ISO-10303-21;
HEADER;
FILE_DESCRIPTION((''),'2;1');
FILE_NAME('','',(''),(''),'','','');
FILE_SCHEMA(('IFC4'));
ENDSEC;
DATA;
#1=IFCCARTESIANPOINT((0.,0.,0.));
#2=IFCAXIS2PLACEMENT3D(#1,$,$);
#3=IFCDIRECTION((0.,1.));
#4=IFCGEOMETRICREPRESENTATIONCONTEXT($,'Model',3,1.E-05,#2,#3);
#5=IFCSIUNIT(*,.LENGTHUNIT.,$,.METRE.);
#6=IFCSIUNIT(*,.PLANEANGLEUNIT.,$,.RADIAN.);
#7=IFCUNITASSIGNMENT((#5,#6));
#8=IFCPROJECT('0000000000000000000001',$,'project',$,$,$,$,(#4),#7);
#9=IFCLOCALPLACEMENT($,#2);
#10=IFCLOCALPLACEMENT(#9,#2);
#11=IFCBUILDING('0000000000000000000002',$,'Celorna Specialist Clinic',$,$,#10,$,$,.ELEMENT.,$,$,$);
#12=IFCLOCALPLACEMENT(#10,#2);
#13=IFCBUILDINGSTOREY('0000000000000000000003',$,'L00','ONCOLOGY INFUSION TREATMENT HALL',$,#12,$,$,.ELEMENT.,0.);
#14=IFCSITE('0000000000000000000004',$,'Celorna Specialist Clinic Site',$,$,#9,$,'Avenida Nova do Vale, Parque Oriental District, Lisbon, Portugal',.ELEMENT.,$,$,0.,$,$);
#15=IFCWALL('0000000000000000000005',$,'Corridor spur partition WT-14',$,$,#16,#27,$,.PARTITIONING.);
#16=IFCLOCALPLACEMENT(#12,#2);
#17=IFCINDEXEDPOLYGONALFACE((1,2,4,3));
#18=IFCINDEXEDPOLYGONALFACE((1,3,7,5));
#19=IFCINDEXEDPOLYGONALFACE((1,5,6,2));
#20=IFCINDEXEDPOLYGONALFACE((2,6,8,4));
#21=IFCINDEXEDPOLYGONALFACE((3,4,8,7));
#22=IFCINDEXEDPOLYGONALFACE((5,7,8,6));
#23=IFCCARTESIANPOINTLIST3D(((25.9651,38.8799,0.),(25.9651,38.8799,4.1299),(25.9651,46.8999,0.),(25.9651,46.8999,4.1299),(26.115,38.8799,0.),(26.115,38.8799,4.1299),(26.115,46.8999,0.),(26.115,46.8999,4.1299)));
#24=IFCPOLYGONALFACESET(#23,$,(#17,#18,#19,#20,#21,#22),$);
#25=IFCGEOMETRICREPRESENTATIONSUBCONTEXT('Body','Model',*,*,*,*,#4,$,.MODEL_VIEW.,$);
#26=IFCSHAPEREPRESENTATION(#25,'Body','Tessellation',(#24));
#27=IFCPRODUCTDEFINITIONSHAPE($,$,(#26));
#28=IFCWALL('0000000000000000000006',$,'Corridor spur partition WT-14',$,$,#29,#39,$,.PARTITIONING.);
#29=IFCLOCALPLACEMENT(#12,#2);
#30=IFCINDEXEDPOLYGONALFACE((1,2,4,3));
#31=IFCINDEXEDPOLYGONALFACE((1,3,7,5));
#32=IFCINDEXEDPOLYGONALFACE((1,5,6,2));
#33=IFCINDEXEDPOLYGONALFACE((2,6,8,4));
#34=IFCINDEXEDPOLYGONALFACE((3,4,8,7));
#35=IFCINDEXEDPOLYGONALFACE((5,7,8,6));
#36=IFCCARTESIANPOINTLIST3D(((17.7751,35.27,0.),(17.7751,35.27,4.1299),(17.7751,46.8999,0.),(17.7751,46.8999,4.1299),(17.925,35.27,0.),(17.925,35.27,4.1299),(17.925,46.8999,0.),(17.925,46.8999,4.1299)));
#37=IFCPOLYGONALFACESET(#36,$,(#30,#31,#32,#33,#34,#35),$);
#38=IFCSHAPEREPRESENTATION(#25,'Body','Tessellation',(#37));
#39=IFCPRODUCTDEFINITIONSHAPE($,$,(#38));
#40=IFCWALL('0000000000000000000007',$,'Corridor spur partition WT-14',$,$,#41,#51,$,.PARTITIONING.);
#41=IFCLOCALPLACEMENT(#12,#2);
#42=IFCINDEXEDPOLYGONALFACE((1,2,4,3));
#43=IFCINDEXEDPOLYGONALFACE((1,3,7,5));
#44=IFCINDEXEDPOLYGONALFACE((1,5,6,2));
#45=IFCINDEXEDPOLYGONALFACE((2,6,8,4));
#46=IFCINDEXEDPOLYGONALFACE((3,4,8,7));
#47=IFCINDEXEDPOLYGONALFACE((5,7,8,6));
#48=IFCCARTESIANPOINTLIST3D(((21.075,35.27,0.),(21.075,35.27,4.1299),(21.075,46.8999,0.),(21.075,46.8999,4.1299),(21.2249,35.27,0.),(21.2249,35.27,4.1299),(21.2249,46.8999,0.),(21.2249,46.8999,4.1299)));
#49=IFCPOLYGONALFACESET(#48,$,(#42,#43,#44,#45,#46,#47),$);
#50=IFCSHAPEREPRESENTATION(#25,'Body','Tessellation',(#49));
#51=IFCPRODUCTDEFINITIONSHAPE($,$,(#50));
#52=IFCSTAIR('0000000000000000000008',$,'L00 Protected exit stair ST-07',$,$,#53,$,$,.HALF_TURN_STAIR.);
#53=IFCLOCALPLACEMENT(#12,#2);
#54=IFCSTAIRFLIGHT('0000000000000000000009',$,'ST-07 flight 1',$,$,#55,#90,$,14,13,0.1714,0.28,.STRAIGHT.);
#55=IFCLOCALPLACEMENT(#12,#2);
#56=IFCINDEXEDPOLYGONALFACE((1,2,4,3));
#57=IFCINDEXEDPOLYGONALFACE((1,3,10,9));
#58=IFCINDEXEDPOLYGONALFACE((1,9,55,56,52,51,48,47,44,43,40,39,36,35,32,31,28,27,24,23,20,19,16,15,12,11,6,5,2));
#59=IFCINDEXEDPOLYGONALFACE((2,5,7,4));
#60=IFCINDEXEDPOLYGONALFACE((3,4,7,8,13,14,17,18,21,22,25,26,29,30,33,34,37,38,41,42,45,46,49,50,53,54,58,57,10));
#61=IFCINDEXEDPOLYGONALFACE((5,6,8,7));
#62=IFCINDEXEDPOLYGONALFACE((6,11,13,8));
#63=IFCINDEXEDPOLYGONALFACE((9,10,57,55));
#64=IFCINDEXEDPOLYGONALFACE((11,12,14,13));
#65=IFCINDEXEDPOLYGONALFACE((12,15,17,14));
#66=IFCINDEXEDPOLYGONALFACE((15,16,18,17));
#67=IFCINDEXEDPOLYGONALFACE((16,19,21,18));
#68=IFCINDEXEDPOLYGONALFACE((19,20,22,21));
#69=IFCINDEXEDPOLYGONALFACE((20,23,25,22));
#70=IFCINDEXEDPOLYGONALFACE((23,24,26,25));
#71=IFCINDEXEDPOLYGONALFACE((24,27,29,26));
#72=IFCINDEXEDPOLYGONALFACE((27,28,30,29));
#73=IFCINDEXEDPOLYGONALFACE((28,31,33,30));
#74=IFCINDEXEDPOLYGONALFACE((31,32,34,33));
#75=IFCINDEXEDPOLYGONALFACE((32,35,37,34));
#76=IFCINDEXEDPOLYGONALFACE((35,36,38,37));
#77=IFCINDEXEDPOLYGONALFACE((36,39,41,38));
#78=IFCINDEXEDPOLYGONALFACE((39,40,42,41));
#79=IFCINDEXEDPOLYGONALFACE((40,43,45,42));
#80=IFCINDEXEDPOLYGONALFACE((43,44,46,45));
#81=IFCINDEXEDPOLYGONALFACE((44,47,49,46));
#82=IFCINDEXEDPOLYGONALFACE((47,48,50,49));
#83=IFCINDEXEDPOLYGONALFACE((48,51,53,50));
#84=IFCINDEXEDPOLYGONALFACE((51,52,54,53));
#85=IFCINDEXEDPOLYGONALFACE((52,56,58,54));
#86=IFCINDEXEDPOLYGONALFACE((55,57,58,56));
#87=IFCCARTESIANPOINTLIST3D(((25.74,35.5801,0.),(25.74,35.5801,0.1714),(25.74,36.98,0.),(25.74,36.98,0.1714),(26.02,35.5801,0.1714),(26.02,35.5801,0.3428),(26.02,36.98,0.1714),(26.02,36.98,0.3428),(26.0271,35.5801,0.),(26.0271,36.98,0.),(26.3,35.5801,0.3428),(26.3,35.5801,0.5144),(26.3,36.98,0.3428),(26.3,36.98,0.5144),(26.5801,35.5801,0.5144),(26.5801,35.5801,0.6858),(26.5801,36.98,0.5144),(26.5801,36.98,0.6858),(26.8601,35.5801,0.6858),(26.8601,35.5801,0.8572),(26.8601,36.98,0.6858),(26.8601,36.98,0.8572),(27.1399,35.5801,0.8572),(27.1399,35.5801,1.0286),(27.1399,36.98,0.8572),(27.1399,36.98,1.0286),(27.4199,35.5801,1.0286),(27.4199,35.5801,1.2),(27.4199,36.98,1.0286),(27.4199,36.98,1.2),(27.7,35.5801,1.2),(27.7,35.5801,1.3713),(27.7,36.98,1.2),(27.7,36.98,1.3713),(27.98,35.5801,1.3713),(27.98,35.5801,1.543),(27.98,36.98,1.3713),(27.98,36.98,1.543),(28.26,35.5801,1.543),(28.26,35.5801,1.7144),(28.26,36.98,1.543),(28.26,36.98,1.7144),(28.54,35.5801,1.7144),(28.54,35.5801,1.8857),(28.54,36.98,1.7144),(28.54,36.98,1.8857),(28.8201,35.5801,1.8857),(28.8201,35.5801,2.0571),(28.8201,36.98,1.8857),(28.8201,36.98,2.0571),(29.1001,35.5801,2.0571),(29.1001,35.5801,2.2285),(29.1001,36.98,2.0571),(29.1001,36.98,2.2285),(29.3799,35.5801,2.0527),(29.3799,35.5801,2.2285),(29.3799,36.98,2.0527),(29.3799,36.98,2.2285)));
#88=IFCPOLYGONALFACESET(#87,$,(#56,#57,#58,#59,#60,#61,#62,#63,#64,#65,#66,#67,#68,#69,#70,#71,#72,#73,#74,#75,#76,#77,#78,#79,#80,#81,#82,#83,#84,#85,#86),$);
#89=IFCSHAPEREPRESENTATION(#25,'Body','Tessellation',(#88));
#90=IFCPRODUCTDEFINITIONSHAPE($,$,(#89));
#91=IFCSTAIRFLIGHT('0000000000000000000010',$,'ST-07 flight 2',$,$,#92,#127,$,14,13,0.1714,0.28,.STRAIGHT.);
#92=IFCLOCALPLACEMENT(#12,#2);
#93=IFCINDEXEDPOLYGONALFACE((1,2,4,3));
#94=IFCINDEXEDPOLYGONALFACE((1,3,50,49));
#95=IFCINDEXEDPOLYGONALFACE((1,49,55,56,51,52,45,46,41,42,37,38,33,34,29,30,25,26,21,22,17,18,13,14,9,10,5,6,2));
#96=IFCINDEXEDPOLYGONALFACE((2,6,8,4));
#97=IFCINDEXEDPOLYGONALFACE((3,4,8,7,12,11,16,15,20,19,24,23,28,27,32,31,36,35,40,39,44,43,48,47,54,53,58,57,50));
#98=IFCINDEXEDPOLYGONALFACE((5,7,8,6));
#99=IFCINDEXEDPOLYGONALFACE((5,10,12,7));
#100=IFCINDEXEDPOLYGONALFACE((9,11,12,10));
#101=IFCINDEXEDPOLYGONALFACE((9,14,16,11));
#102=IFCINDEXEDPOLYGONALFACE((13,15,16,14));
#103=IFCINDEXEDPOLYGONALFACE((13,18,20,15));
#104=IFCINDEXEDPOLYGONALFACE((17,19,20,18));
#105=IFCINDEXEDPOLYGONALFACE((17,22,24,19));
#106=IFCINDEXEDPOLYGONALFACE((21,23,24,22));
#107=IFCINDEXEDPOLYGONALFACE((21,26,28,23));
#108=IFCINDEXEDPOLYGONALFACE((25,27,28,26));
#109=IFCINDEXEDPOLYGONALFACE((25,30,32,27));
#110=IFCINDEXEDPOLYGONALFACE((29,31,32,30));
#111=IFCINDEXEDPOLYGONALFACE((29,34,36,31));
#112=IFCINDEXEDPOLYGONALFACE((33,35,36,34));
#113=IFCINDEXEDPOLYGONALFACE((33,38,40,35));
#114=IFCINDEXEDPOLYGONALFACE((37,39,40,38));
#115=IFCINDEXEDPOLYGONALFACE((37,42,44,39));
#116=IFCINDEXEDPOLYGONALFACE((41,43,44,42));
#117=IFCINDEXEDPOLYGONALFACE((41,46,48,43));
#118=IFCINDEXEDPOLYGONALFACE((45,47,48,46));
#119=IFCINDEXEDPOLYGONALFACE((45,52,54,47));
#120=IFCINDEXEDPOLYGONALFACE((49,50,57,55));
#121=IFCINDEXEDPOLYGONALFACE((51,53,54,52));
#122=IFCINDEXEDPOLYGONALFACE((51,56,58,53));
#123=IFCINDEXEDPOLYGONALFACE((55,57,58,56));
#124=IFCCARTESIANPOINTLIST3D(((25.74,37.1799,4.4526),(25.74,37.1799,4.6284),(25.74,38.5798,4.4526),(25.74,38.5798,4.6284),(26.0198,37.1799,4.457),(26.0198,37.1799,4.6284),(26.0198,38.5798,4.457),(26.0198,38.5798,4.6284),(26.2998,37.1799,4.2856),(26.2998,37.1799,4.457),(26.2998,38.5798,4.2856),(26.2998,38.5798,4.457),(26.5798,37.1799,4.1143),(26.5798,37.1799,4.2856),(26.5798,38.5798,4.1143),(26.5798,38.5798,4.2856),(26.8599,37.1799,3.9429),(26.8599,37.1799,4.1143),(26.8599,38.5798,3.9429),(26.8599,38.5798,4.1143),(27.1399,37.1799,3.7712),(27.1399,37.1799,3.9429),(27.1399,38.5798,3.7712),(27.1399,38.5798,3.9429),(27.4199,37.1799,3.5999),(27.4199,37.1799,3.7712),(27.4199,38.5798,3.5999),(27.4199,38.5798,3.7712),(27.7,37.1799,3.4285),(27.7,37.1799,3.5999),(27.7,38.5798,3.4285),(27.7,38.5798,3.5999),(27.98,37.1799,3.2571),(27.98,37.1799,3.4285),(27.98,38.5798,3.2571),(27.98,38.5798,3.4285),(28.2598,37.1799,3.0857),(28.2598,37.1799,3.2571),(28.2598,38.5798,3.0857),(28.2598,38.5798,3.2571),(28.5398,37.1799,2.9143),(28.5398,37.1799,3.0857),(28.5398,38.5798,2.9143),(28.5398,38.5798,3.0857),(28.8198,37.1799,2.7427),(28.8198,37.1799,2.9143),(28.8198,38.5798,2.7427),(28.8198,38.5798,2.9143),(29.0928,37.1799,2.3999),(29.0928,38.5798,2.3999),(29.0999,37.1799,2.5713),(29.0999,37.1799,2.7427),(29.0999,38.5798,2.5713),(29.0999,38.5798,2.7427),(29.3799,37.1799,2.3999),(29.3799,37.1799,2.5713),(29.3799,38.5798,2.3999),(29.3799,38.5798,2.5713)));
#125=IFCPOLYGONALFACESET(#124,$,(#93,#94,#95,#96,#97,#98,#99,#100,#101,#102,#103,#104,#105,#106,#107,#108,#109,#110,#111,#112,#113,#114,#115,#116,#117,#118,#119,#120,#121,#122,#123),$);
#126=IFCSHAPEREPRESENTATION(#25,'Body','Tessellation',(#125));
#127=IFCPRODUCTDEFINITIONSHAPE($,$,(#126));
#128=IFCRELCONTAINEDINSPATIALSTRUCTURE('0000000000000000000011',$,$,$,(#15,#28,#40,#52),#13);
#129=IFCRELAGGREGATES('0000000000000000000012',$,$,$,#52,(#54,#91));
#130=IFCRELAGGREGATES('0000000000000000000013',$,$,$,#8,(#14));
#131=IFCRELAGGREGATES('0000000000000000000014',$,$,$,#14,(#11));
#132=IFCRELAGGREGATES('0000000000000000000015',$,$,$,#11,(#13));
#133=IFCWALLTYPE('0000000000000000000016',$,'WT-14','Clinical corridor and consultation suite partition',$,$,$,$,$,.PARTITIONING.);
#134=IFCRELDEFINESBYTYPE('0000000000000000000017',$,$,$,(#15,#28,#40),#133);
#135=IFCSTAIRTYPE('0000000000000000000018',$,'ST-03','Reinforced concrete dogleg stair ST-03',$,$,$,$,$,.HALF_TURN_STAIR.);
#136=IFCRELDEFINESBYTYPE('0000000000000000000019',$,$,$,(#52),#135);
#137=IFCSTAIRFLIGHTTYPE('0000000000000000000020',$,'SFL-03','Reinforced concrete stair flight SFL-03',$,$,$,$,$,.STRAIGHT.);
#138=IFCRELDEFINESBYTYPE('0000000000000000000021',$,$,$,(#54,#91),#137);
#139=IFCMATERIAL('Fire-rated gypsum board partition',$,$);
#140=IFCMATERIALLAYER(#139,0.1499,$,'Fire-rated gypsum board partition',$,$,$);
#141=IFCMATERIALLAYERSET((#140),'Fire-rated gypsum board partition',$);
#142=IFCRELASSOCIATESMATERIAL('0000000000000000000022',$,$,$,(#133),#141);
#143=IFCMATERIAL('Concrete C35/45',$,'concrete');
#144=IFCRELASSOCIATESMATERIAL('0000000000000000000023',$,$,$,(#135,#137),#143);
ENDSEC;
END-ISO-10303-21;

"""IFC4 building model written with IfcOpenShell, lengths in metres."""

from ifc_helpers import new_model, si_unit, direction, frame, frame_2d, origin, place, context, subcontext, project, spatial, polyline, rectangle, outline, extrude, material, layer, layer_set, type_object, element, aggregate, save


model = new_model("IFC4")

# Units and contexts
model_context = context("Model", 3, precision=1e-05, world=origin(), true_north=direction((0.0, 1.0)))
body_context = subcontext(model_context, "Body", "Model", "MODEL_VIEW")
ifc_project = project(units=[si_unit("LENGTHUNIT", "METRE"), si_unit("PLANEANGLEUNIT", "RADIAN")], contexts=[model_context])

# Site, building, storey
site_placement = place(None, origin())
site = spatial("IfcSite", under=ifc_project, at=site_placement, Name="Celorna Specialist Clinic Site", LongName="Avenida Nova do Vale, Parque Oriental District, Lisbon, Portugal", CompositionType="ELEMENT", RefElevation=0.0)
building_placement = place(site_placement, origin())
building = spatial("IfcBuilding", under=site, at=building_placement, Name="Celorna Specialist Clinic", CompositionType="ELEMENT")
storey_placement = place(building_placement, origin())
storey = spatial("IfcBuildingStorey", under=building, at=storey_placement, Name="L00", Description="ONCOLOGY INFUSION TREATMENT HALL", CompositionType="ELEMENT", Elevation=0.0)

# Shared definitions
ifc_material_1 = material(Name="Concrete C35/45", Category="concrete")

# Walls
ifc_material_2 = material(Name="Fire-rated gypsum board partition")
ifc_layer_1 = layer(ifc_material_2, 0.1499, Name="Fire-rated gypsum board partition")
ifc_layer_set_1 = layer_set([ifc_layer_1], Name="Fire-rated gypsum board partition")
wall_type_1 = type_object("IfcWallType", Name="WT-14", Description="Clinical corridor and consultation suite partition", PredefinedType="PARTITIONING", material=ifc_layer_set_1)
wall_1_placement = place(storey_placement, frame((26.04, 38.8799, 0.0), z_axis=(0.0, 0.0, 1.0), x_axis=(0.0, 1.0, 0.0)))
element("IfcWall", 1, at=wall_1_placement, inside=storey, type_object=wall_type_1, Name="Corridor spur partition WT-14", PredefinedType="PARTITIONING", context=body_context, shape_type="SweptSolid", body=[
    extrude(rectangle(XDim=8.02, YDim=0.1499, at=frame_2d((4.01, 0.0))), origin(), (0.0, 0.0, 1.0), 4.1299),
])
for number, where, z_axis, x_axis, name in (
    (2, (17.8501, 35.27, 0.0), (0.0, 0.0, 1.0), (0.0, 1.0, 0.0), "Corridor spur partition WT-14"),
    (3, (21.1499, 35.27, 0.0), (0.0, 0.0, 1.0), (0.0, 1.0, 0.0), "Corridor spur partition WT-14"),
):
    element("IfcWall", number, at=place(storey_placement, frame(where, z_axis=z_axis, x_axis=x_axis)), inside=storey, type_object=wall_type_1, Name=name, PredefinedType="PARTITIONING", context=body_context, shape_type="SweptSolid", body=[
        extrude(rectangle(XDim=11.6299, YDim=0.1499, at=frame_2d((5.8149, 0.0))), origin(), (0.0, 0.0, 1.0), 4.1299),
    ])

# Stair, stair flights
stair_type = type_object("IfcStairType", Name="ST-03", Description="Reinforced concrete dogleg stair ST-03", PredefinedType="HALF_TURN_STAIR", material=ifc_material_1)
stair_placement = place(storey_placement, origin())
stair = element("IfcStair", 4, at=stair_placement, inside=storey, type_object=stair_type, Name="L00 Protected exit stair ST-07", PredefinedType="HALF_TURN_STAIR")
stair_flight_type = type_object("IfcStairFlightType", Name="SFL-03", Description="Reinforced concrete stair flight SFL-03", PredefinedType="STRAIGHT", material=ifc_material_1)
stair_flight_1_placement = place(storey_placement, frame((25.74, 36.28, 0.0), z_axis=(0.0, 0.0, 1.0), x_axis=(1.0, 0.0, 0.0)))
stair_flight_1 = element("IfcStairFlight", 5, at=stair_flight_1_placement, type_object=stair_flight_type, Name="ST-07 flight 1", NumberOfRisers=14, NumberOfTreads=13, PredefinedType="STRAIGHT", RiserHeight=0.1714, TreadLength=0.28, context=body_context, shape_type="SweptSolid", body=[
    extrude(outline(polyline([(0.0, 0.0), (0.0, 0.1714), (0.28, 0.1714), (0.28, 0.3428), (0.5601, 0.3428), (0.5601, 0.5144), (0.8401, 0.5144), (0.8401, 0.6858), (1.1201, 0.6858), (1.1201, 0.8572), (1.3999, 0.8572), (1.3999, 1.0286), (1.6799, 1.0286), (1.6799, 1.2), (1.96, 1.2), (1.96, 1.3713), (2.24, 1.3713), (2.24, 1.543), (2.52, 1.543), (2.52, 1.7144), (2.8, 1.7144), (2.8, 1.8857), (3.0801, 1.8857), (3.0801, 2.0571), (3.3601, 2.0571), (3.3601, 2.2285), (3.6399, 2.2285), (3.6399, 2.3999), (3.6399, 2.0527), (0.2871, 0.0), (0.0, 0.0)])), frame((0.0, 0.7, 0.0), z_axis=(0.0, -1.0, 0.0), x_axis=(1.0, 0.0, 0.0)), (0.0, 0.0, 1.0), 1.3999),
])
stair_flight_2_placement = place(storey_placement, frame((29.3799, 37.8799, 2.3999), z_axis=(0.0, 0.0, 1.0), x_axis=(-1.0, 0.0, 0.0)))
stair_flight_2 = element("IfcStairFlight", 6, at=stair_flight_2_placement, type_object=stair_flight_type, Name="ST-07 flight 2", NumberOfRisers=14, NumberOfTreads=13, PredefinedType="STRAIGHT", RiserHeight=0.1714, TreadLength=0.28, context=body_context, shape_type="SweptSolid", body=[
    extrude(outline(polyline([(0.0, 0.0), (0.0, 0.1714), (0.28, 0.1714), (0.28, 0.3428), (0.5601, 0.3428), (0.5601, 0.5144), (0.8401, 0.5144), (0.8401, 0.6858), (1.1201, 0.6858), (1.1201, 0.8572), (1.3999, 0.8572), (1.3999, 1.0286), (1.6799, 1.0286), (1.6799, 1.2), (1.96, 1.2), (1.96, 1.3713), (2.24, 1.3713), (2.24, 1.543), (2.52, 1.543), (2.52, 1.7144), (2.8, 1.7144), (2.8, 1.8857), (3.0801, 1.8857), (3.0801, 2.0571), (3.3601, 2.0571), (3.3601, 2.2285), (3.6399, 2.2285), (3.6399, 2.3999), (3.6399, 2.0527), (0.2871, 0.0), (0.0, 0.0)])), frame((0.0, 0.7, 0.0), z_axis=(0.0, -1.0, 0.0), x_axis=(1.0, 0.0, 0.0)), (0.0, 0.0, 1.0), 1.3999),
])
aggregate(stair, [stair_flight_1, stair_flight_2])

save(model, "model.ifc")
